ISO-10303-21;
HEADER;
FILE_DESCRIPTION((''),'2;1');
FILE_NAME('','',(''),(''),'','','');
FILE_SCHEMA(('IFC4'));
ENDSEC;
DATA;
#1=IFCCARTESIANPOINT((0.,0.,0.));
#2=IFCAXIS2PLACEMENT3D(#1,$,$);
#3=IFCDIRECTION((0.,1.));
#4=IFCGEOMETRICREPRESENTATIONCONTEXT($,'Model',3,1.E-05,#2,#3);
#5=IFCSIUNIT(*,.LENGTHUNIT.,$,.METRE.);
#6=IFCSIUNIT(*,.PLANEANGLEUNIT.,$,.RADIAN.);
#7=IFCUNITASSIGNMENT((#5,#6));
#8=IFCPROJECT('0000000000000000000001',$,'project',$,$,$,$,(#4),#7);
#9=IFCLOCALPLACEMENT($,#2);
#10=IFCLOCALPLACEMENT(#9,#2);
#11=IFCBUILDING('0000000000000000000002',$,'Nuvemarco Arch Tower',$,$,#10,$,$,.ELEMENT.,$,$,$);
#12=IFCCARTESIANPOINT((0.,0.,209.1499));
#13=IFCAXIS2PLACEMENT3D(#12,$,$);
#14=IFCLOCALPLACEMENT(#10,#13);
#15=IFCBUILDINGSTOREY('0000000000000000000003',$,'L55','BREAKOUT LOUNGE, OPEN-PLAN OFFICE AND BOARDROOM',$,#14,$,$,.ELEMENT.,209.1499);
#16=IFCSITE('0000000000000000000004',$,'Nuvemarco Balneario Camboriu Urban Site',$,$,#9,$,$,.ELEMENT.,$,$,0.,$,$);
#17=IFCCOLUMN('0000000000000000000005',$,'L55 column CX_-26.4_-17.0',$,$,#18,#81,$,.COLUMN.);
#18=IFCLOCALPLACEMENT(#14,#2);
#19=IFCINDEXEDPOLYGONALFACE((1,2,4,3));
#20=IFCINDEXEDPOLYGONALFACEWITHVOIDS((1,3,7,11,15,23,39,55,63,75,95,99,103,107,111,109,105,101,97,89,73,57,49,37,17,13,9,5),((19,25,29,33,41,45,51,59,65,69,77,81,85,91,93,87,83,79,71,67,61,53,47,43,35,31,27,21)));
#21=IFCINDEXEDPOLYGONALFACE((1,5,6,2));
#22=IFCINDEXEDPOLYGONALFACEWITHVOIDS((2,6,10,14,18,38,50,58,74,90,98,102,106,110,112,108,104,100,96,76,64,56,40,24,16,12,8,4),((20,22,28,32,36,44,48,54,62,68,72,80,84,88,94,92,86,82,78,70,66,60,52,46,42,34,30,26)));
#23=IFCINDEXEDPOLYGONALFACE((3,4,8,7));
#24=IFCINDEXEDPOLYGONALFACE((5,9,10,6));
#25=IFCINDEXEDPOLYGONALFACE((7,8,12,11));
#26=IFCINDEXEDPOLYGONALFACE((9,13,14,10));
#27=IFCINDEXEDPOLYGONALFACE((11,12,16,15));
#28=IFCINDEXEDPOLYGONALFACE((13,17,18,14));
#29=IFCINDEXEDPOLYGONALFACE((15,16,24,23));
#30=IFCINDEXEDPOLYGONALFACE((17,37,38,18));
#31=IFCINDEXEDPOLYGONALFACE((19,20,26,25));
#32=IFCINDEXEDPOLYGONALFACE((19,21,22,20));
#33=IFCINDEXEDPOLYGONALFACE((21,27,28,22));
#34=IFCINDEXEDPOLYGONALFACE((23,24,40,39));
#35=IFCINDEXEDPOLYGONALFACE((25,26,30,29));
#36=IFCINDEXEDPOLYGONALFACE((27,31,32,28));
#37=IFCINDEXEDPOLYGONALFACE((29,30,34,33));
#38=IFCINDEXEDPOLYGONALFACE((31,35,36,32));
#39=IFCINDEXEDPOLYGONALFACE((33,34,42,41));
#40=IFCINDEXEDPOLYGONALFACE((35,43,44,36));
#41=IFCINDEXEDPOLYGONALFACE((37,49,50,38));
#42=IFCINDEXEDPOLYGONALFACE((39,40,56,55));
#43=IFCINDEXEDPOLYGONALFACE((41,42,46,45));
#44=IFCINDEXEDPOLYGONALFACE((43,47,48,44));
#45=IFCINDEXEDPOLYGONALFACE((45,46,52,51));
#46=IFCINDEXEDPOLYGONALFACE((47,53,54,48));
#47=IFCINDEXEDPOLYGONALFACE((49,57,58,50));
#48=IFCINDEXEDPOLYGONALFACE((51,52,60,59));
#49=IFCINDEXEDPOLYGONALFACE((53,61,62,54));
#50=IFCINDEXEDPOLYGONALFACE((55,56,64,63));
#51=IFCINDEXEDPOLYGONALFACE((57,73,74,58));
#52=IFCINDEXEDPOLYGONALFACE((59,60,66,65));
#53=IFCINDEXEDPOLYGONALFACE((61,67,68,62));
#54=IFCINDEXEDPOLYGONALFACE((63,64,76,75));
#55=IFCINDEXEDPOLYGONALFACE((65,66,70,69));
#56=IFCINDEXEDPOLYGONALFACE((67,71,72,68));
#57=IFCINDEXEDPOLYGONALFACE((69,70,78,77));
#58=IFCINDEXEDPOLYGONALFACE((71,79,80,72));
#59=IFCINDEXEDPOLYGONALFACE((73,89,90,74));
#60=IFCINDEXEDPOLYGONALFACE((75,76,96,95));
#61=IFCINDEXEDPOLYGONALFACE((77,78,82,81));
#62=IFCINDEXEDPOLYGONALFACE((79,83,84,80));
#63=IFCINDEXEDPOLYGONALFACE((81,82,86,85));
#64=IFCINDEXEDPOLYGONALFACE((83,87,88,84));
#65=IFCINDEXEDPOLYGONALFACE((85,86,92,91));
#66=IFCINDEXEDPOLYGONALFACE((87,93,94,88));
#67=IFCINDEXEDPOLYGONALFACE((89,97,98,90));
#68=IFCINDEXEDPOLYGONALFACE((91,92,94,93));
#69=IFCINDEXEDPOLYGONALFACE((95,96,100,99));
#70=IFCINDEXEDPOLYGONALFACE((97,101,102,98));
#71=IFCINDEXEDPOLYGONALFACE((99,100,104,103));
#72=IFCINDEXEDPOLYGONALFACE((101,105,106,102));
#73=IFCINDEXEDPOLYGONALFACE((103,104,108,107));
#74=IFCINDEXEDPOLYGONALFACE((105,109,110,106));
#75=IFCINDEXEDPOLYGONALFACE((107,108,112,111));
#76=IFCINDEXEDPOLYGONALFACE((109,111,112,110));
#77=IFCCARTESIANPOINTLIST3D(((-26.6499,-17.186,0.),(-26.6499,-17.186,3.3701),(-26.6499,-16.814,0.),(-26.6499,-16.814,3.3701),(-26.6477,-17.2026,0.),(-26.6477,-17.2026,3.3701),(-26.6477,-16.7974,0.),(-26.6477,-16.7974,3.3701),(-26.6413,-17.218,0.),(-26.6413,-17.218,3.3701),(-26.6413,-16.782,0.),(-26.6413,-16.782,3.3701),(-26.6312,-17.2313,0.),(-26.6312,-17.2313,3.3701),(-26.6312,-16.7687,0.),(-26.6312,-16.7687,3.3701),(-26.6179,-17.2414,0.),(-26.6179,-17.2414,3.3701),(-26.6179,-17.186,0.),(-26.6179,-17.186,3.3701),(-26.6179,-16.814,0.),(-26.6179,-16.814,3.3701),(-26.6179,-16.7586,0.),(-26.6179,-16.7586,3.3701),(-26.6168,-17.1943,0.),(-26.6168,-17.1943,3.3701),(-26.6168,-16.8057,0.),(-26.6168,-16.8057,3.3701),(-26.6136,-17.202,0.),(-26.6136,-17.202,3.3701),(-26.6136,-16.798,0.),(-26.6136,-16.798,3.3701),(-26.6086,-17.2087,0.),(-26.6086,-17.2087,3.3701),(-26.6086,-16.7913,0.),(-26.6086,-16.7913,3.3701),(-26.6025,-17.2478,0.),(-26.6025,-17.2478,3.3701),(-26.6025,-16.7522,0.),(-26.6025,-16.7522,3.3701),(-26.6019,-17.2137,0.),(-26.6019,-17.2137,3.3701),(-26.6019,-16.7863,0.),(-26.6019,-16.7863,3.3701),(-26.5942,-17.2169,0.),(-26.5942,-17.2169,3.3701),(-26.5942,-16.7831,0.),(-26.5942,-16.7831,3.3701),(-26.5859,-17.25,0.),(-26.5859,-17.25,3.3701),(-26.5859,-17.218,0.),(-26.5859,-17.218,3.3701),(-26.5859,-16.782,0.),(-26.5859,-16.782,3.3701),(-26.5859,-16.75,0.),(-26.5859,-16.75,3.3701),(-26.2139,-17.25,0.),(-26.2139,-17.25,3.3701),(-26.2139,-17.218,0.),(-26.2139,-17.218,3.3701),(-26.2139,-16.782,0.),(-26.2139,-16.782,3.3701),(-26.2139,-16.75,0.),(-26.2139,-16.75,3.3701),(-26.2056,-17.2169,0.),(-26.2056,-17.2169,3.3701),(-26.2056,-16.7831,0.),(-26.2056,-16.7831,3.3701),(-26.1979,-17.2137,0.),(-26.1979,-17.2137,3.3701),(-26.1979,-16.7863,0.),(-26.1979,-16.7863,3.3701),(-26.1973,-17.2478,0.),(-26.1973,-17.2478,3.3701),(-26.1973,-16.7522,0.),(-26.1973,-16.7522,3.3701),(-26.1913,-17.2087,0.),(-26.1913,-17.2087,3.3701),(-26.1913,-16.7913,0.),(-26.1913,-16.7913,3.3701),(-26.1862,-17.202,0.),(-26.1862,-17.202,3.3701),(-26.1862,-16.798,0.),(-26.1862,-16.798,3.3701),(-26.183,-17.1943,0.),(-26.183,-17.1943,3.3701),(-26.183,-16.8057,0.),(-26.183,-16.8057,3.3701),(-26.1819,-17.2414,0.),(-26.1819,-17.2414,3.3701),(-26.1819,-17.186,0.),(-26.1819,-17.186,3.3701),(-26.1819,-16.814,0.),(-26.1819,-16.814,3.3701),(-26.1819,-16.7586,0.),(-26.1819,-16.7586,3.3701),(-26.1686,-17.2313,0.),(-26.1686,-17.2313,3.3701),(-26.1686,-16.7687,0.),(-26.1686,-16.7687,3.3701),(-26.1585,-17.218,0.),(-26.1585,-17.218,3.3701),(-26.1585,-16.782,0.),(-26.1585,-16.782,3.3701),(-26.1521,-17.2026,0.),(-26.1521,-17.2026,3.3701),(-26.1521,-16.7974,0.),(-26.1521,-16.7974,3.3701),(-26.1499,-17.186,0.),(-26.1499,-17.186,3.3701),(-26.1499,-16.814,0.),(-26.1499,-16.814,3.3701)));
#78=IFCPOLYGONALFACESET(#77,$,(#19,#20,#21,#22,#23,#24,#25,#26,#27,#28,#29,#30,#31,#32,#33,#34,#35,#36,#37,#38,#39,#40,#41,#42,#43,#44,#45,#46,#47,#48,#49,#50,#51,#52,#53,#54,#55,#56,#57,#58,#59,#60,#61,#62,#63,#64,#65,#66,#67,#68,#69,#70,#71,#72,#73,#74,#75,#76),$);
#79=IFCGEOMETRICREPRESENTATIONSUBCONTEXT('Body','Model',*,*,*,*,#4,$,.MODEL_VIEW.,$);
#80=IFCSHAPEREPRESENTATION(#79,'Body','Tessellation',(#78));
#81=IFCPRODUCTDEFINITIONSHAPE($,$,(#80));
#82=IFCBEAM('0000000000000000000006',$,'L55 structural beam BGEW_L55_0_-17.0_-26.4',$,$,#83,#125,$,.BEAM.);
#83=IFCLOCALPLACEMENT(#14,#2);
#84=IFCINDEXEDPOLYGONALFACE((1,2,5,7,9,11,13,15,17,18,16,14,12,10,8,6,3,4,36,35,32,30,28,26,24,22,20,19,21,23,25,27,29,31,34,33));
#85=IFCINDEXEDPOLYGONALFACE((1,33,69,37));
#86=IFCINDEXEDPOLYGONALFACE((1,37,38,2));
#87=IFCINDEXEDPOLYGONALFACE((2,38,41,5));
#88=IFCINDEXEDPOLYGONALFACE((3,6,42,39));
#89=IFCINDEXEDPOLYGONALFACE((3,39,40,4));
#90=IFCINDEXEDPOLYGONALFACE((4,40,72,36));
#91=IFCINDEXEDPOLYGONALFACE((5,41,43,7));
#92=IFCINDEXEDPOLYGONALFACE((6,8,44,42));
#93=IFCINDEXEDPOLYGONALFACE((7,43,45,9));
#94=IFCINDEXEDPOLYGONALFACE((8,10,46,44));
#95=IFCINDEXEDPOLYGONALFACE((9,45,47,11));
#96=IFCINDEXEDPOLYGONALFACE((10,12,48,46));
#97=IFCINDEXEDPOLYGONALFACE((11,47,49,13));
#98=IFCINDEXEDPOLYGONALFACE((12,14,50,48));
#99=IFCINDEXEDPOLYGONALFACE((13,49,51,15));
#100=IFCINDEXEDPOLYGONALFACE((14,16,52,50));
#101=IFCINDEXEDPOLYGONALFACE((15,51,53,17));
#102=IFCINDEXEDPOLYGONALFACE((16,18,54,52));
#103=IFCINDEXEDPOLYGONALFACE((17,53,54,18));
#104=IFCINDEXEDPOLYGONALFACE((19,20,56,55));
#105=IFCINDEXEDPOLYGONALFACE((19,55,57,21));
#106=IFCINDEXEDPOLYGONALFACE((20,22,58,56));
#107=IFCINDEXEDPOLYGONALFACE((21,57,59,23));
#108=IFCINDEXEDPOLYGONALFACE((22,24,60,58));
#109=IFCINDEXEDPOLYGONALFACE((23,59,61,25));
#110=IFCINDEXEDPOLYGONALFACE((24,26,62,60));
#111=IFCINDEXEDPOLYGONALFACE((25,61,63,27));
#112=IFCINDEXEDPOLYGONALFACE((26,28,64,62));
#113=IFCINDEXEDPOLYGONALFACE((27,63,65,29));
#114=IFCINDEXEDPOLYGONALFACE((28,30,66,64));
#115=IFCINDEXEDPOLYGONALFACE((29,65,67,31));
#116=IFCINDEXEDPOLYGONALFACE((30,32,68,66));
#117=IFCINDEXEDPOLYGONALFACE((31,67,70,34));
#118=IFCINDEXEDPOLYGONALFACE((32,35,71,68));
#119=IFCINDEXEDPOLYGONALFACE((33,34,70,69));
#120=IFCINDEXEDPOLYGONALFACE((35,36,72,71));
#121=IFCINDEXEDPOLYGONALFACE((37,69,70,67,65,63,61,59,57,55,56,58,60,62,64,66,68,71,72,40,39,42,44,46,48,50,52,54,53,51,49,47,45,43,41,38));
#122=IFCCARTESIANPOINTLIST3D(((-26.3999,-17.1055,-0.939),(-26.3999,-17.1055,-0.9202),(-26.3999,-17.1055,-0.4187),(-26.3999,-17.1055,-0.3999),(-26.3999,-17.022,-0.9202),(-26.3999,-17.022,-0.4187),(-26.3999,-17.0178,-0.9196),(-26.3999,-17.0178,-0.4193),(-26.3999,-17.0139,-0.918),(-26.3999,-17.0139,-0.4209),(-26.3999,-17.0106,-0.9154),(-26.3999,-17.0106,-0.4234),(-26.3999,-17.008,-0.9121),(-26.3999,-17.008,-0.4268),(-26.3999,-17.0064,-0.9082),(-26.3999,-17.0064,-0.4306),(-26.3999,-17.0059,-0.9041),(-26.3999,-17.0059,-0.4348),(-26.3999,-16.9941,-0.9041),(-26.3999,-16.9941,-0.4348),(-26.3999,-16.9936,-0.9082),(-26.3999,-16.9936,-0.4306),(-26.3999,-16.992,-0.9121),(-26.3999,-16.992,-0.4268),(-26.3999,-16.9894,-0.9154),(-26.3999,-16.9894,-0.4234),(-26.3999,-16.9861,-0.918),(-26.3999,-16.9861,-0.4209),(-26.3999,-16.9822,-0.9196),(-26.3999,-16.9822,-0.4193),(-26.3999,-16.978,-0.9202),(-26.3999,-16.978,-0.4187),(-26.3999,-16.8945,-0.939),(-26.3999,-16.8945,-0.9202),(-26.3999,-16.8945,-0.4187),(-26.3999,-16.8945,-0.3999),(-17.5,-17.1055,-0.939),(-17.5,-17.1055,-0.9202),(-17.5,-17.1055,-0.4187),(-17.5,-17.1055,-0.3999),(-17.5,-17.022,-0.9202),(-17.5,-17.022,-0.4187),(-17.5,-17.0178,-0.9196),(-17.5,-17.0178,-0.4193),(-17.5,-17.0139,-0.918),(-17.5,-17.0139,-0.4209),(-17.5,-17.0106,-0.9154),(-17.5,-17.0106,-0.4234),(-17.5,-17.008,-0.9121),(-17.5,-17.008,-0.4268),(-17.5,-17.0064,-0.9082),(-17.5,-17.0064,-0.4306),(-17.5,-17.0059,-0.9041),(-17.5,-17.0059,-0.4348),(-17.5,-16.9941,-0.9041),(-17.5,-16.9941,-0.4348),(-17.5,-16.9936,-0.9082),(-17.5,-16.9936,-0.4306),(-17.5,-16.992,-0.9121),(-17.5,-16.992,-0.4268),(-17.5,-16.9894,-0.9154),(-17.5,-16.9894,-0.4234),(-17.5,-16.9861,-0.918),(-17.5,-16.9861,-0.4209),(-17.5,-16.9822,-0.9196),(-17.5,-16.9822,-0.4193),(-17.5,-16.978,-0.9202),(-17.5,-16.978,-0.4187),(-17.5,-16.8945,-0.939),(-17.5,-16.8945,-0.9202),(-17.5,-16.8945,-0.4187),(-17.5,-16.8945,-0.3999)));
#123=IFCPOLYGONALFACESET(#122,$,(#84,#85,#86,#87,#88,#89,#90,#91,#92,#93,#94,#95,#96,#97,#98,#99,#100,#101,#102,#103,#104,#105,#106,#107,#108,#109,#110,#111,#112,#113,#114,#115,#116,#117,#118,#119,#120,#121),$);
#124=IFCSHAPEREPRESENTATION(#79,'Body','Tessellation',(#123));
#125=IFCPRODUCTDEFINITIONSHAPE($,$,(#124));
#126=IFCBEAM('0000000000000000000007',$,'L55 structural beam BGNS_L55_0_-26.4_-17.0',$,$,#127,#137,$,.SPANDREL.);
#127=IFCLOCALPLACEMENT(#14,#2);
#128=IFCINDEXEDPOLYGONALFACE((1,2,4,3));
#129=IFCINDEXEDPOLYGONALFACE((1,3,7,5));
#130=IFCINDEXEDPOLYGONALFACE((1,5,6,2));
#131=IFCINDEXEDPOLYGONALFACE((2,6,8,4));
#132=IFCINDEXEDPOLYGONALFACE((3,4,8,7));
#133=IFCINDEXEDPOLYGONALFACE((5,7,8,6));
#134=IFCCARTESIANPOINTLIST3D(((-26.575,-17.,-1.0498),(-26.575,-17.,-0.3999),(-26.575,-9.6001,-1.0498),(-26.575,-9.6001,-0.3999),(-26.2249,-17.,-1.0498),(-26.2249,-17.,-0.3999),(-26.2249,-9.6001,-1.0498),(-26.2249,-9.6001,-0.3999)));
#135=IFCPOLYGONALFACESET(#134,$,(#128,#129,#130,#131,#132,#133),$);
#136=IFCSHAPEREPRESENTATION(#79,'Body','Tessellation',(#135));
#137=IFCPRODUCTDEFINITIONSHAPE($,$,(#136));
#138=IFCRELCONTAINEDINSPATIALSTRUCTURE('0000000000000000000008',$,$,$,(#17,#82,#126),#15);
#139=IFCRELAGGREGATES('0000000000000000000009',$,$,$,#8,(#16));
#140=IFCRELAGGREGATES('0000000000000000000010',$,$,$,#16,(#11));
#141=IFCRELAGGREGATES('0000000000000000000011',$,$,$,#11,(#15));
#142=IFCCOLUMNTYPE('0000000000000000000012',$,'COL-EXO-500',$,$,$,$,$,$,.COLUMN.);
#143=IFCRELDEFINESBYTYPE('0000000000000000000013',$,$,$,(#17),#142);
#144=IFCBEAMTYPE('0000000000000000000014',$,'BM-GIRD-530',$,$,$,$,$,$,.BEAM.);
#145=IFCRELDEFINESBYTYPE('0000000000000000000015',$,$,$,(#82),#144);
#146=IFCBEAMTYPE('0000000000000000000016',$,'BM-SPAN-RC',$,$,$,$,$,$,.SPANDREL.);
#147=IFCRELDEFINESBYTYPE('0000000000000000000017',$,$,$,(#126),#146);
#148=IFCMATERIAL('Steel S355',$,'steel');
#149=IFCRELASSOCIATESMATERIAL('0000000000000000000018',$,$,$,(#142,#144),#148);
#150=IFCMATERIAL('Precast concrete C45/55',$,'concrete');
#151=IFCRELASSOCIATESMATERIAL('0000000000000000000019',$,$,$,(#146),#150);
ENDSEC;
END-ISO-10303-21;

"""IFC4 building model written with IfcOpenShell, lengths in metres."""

from ifc_helpers import new_model, si_unit, direction, frame, origin, origin_2d, place, context, subcontext, project, spatial, rectangle, hollow_rectangle, i_section, extrude, material, material_profile, profile_set, type_object, element, save


model = new_model("IFC4")

# Units and contexts
model_context = context("Model", 3, precision=1e-05, world=origin(), true_north=direction((0.0, 1.0)))
body_context = subcontext(model_context, "Body", "Model", "MODEL_VIEW")
ifc_project = project(units=[si_unit("LENGTHUNIT", "METRE"), si_unit("PLANEANGLEUNIT", "RADIAN")], contexts=[model_context])

# Site, building, storey
site_placement = place(None, origin())
site = spatial("IfcSite", under=ifc_project, at=site_placement, Name="Nuvemarco Balneario Camboriu Urban Site", CompositionType="ELEMENT", RefElevation=0.0)
building_placement = place(site_placement, origin())
building = spatial("IfcBuilding", under=site, at=building_placement, Name="Nuvemarco Arch Tower", CompositionType="ELEMENT")
storey_placement = place(building_placement, frame((0.0, 0.0, 209.1499)))
storey = spatial("IfcBuildingStorey", under=building, at=storey_placement, Name="L55", Description="BREAKOUT LOUNGE, OPEN-PLAN OFFICE AND BOARDROOM", CompositionType="ELEMENT", Elevation=209.1499)

# Column
ifc_material_1 = material(Name="Steel S355", Category="steel")
ifc_material_profile_1 = material_profile(ifc_material_1, hollow_rectangle(XDim=0.5, YDim=0.5, WallThickness=0.032, InnerFilletRadius=0.032, OuterFilletRadius=0.064, at=origin_2d()), Name="SHS500x500x32")
ifc_profile_set_1 = profile_set([ifc_material_profile_1], Name="Steel S355")
column_type = type_object("IfcColumnType", Name="COL-EXO-500", PredefinedType="COLUMN", material=ifc_profile_set_1)
column_placement = place(storey_placement, frame((-26.3999, -17.0, 0.0), z_axis=(0.0, 0.0, 1.0), x_axis=(1.0, 0.0, 0.0)))
element("IfcColumn", 1, at=column_placement, inside=storey, type_object=column_type, Name="L55 column CX_-26.4_-17.0", PredefinedType="COLUMN", context=body_context, shape_type="SweptSolid", body=[
    extrude(hollow_rectangle(XDim=0.5, YDim=0.5, WallThickness=0.032, InnerFilletRadius=0.032, OuterFilletRadius=0.064, at=origin_2d()), origin(), (0.0, 0.0, 1.0), 3.3701),
])

# Beams
ifc_material_profile_2 = material_profile(ifc_material_1, i_section(OverallWidth=0.2109, OverallDepth=0.5391, WebThickness=0.0117, FlangeThickness=0.0188, FilletRadius=0.0161, at=origin_2d()), Name="W530x109")
ifc_profile_set_2 = profile_set([ifc_material_profile_2], Name="Steel S355")
beam_type_1 = type_object("IfcBeamType", Name="BM-GIRD-530", PredefinedType="BEAM", material=ifc_profile_set_2)
beam_1_placement = place(storey_placement, frame((-26.3999, -17.0, -0.6694), z_axis=(1.0, 0.0, 0.0), x_axis=(0.0, 1.0, 0.0)))
element("IfcBeam", 2, at=beam_1_placement, inside=storey, type_object=beam_type_1, Name="L55 structural beam BGEW_L55_0_-17.0_-26.4", PredefinedType="BEAM", context=body_context, shape_type="SweptSolid", body=[
    extrude(i_section(OverallWidth=0.2109, OverallDepth=0.5391, WebThickness=0.0117, FlangeThickness=0.0188, FilletRadius=0.0161, at=origin_2d()), origin(), (0.0, 0.0, 1.0), 8.8999),
])
ifc_material_2 = material(Name="Precast concrete C45/55", Category="concrete")
ifc_material_profile_3 = material_profile(ifc_material_2, rectangle(XDim=0.3501, YDim=0.6499, at=origin_2d()), Name="PC-SP-350x650")
ifc_profile_set_3 = profile_set([ifc_material_profile_3], Name="Precast concrete C45/55")
beam_type_2 = type_object("IfcBeamType", Name="BM-SPAN-RC", PredefinedType="SPANDREL", material=ifc_profile_set_3)
beam_2_placement = place(storey_placement, frame((-26.3999, -17.0, -0.7249), z_axis=(0.0, 1.0, 0.0), x_axis=(-1.0, 0.0, 0.0)))
element("IfcBeam", 3, at=beam_2_placement, inside=storey, type_object=beam_type_2, Name="L55 structural beam BGNS_L55_0_-26.4_-17.0", PredefinedType="SPANDREL", context=body_context, shape_type="SweptSolid", body=[
    extrude(rectangle(XDim=0.3501, YDim=0.6499, at=origin_2d()), origin(), (0.0, 0.0, 1.0), 7.3999),
])

save(model, "model.ifc")
